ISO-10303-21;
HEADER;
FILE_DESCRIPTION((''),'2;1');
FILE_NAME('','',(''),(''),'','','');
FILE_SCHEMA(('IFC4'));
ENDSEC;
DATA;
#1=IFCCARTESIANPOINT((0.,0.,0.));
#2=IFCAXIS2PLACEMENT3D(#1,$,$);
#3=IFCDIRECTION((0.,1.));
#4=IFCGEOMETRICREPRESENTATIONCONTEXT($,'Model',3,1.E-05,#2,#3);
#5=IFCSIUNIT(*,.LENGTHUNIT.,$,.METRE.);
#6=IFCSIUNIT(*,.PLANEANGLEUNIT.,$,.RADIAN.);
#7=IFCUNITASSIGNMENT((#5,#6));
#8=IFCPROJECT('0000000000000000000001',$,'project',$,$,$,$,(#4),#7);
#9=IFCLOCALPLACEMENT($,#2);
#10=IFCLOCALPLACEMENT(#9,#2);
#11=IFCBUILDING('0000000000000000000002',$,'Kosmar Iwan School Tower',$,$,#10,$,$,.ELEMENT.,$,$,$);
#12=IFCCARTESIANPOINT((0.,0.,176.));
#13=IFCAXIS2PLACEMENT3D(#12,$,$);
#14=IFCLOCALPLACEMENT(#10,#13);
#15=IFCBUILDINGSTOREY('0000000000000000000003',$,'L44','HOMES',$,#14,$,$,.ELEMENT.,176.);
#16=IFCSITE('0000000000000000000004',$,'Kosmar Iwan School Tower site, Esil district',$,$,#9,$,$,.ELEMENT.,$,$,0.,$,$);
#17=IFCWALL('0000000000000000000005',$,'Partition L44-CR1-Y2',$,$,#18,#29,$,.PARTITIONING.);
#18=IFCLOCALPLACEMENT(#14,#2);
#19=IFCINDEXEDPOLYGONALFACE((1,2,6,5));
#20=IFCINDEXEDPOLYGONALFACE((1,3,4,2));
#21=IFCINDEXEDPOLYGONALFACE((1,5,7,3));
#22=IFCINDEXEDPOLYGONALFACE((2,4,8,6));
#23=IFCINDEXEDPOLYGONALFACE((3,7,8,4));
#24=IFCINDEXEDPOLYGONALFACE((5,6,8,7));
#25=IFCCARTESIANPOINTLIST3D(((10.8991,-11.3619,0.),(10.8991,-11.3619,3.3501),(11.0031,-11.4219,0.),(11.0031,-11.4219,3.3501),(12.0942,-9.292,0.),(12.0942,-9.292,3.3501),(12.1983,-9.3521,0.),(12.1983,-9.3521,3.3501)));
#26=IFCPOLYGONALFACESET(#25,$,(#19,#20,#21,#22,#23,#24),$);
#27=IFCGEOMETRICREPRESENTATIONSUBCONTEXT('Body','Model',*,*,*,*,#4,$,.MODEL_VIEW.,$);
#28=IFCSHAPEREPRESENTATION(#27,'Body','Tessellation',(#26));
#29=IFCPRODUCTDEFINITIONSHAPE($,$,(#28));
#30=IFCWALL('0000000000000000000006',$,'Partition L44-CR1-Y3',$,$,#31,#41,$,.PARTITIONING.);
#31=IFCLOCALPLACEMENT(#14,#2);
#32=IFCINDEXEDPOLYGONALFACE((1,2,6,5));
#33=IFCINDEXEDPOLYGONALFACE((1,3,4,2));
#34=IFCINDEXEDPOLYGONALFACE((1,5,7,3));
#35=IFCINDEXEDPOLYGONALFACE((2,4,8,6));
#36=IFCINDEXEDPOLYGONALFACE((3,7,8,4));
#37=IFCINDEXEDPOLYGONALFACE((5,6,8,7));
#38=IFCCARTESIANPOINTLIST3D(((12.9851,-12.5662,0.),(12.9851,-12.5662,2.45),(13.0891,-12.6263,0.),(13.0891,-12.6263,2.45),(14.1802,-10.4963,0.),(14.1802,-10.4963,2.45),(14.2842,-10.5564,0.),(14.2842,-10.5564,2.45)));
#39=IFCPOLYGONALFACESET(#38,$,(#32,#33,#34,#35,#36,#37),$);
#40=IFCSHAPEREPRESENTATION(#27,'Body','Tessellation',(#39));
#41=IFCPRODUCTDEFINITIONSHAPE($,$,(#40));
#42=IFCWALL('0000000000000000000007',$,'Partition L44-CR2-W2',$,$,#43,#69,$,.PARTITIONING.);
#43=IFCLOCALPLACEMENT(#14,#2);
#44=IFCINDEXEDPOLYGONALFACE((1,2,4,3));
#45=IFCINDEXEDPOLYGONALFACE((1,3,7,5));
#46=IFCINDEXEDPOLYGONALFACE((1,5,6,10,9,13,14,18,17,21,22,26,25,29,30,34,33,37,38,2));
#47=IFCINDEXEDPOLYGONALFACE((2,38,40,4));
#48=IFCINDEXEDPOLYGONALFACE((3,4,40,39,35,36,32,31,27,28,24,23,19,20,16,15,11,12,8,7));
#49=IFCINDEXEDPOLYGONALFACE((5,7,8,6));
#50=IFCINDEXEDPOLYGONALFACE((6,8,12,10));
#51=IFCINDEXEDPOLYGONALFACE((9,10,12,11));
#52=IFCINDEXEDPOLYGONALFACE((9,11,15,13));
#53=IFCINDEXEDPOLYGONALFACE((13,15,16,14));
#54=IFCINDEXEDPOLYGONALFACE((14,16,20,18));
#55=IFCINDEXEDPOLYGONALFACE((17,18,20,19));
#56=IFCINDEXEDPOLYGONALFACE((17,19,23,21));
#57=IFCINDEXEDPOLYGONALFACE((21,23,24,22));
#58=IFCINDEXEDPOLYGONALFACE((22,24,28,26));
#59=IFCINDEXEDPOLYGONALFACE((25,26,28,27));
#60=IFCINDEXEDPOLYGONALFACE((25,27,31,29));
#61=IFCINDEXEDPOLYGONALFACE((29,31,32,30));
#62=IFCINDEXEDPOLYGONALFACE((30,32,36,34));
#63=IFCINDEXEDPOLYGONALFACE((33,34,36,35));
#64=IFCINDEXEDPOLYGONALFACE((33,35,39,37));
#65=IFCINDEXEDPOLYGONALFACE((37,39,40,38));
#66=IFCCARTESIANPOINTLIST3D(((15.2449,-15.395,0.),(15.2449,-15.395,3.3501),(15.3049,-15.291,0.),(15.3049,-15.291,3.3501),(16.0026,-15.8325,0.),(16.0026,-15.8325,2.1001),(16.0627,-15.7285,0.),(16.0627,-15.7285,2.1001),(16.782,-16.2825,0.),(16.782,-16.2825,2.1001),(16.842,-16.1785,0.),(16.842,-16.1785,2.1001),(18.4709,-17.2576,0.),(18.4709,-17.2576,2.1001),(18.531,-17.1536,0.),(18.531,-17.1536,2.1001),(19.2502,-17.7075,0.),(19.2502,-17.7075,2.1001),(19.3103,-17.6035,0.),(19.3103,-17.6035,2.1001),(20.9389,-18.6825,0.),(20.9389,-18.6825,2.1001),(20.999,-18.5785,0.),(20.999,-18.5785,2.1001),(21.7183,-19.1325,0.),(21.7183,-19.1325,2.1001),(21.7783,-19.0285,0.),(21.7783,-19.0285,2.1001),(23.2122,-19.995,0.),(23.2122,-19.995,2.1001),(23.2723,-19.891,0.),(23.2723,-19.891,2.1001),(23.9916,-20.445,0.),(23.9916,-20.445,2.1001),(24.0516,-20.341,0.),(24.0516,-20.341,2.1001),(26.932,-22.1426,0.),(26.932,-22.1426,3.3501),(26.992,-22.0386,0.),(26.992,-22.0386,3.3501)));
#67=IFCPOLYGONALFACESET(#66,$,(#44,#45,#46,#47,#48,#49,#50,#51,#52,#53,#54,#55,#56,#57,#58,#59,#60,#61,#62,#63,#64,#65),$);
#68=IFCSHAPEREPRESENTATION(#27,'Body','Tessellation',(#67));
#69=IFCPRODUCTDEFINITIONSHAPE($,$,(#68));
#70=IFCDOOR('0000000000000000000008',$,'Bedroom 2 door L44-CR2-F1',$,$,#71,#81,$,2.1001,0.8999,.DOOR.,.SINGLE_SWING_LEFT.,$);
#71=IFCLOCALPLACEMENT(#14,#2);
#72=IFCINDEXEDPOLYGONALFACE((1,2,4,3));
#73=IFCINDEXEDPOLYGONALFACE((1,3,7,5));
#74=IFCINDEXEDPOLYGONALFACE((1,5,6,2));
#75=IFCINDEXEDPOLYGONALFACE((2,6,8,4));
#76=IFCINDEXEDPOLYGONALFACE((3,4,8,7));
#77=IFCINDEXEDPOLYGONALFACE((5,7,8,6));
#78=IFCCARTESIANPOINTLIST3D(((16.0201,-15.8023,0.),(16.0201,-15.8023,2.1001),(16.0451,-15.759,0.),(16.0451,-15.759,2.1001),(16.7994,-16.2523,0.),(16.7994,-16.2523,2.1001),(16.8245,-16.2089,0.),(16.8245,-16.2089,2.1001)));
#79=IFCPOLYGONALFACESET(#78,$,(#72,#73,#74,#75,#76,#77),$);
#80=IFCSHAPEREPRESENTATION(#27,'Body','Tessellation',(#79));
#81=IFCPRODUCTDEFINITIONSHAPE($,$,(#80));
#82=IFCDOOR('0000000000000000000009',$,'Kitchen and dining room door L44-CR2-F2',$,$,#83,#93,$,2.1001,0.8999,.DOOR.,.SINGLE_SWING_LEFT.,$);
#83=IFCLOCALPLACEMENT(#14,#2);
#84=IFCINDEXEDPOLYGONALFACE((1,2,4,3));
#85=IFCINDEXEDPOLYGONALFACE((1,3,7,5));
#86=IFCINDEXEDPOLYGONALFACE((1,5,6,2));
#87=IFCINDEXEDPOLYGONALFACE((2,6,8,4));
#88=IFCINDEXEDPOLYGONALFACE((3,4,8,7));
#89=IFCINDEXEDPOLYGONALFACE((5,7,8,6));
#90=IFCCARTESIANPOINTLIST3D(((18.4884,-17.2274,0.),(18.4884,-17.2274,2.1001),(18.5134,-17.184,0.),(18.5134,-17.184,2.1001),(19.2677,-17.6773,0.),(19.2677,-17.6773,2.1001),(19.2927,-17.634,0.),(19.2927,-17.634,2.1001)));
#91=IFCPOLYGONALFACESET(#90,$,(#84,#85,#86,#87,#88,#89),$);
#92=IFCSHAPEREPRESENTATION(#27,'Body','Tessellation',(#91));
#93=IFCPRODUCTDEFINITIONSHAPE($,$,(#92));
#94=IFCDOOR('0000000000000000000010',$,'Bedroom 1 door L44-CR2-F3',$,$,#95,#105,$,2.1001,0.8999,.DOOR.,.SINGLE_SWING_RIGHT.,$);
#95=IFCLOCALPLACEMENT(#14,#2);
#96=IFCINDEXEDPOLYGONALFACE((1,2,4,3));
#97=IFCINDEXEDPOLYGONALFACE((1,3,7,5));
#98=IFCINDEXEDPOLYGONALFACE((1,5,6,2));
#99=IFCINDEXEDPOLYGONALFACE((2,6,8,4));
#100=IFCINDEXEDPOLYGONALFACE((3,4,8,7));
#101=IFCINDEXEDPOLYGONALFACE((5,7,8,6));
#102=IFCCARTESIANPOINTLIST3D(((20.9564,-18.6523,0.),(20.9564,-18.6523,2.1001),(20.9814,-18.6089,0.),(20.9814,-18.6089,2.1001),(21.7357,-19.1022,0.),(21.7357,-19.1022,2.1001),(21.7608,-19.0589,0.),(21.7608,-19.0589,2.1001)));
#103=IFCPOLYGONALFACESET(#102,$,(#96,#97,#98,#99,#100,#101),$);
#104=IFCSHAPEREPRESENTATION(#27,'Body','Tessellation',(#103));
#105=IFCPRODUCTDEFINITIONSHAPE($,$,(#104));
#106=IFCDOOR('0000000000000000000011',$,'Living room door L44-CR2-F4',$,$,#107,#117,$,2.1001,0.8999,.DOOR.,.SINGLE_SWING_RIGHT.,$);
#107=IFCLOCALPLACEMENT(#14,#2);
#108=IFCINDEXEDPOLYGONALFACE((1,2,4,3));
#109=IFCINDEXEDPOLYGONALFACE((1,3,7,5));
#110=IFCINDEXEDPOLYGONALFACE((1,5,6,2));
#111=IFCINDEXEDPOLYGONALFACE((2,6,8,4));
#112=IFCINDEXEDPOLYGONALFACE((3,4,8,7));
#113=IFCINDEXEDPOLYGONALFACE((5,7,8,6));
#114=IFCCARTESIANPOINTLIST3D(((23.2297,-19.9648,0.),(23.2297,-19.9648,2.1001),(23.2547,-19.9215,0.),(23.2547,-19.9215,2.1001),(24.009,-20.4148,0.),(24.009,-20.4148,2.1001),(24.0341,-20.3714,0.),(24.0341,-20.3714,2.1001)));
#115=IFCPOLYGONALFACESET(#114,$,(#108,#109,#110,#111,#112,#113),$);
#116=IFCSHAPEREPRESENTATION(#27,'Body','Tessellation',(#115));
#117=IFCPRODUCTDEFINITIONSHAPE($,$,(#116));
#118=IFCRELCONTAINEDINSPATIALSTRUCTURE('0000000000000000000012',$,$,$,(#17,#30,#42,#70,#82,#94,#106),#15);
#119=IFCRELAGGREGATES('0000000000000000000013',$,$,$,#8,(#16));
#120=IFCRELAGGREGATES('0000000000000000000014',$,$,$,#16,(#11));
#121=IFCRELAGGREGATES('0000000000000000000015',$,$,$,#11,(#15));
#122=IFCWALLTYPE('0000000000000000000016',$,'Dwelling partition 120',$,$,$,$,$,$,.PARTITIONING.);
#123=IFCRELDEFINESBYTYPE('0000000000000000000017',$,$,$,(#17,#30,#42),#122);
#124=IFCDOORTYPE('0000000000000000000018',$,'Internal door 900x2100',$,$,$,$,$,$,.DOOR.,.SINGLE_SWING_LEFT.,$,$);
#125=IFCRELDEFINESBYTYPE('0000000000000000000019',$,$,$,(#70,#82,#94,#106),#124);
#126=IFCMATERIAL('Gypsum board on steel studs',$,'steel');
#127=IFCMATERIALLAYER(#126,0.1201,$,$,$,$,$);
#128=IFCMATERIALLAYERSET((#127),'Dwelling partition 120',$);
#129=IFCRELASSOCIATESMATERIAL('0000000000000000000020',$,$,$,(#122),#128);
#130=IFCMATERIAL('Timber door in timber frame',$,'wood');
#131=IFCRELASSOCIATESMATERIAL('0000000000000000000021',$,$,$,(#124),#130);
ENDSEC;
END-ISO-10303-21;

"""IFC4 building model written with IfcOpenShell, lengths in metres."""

from ifc_helpers import new_model, si_unit, direction, frame, frame_2d, origin, place, context, subcontext, project, spatial, rectangle, extrude, material, layer, layer_set, type_object, element, fill, save


model = new_model("IFC4")

# Units and contexts
model_context = context("Model", 3, precision=1e-05, world=origin(), true_north=direction((0.0, 1.0)))
body_context = subcontext(model_context, "Body", "Model", "MODEL_VIEW")
ifc_project = project(units=[si_unit("LENGTHUNIT", "METRE"), si_unit("PLANEANGLEUNIT", "RADIAN")], contexts=[model_context])

# Site, building, storey
site_placement = place(None, origin())
site = spatial("IfcSite", under=ifc_project, at=site_placement, Name="Kosmar Iwan School Tower site, Esil district", CompositionType="ELEMENT", RefElevation=0.0)
building_placement = place(site_placement, origin())
building = spatial("IfcBuilding", under=site, at=building_placement, Name="Kosmar Iwan School Tower", CompositionType="ELEMENT")
storey_placement = place(building_placement, frame((0.0, 0.0, 176.0)))
storey = spatial("IfcBuildingStorey", under=building, at=storey_placement, Name="L44", Description="HOMES", CompositionType="ELEMENT", Elevation=176.0)

# Walls
ifc_material_1 = material(Name="Gypsum board on steel studs", Category="steel")
ifc_layer_1 = layer(ifc_material_1, 0.1201)
ifc_layer_set_1 = layer_set([ifc_layer_1], Name="Dwelling partition 120")
wall_type_1 = type_object("IfcWallType", Name="Dwelling partition 120", PredefinedType="PARTITIONING", material=ifc_layer_set_1)
wall_1_placement = place(storey_placement, frame((12.1462, -9.322, 0.0), z_axis=(0.0, 0.0, 1.0), x_axis=(-0.500017, -0.866015, 0.0)))
element("IfcWall", 1, at=wall_1_placement, inside=storey, type_object=wall_type_1, Name="Partition L44-CR1-Y2", PredefinedType="PARTITIONING", context=body_context, shape_type="SweptSolid", body=[
    extrude(rectangle(XDim=2.3901, YDim=0.1201, at=frame_2d((1.1951, 0.0))), origin(), (0.0, 0.0, 1.0), 3.3501),
])
wall_2_placement = place(storey_placement, frame((14.2322, -10.5264, 0.0), z_axis=(0.0, 0.0, 1.0), x_axis=(-0.500017, -0.866015, 0.0)))
element("IfcWall", 2, at=wall_2_placement, inside=storey, type_object=wall_type_1, Name="Partition L44-CR1-Y3", PredefinedType="PARTITIONING", context=body_context, shape_type="SweptSolid", body=[
    extrude(rectangle(XDim=2.3901, YDim=0.1201, at=frame_2d((1.1951, 0.0))), origin(), (0.0, 0.0, 1.0), 2.45),
])

# Wall, openings, doors
wall_3_placement = place(storey_placement, frame((15.2749, -15.343, 0.0), z_axis=(0.0, 0.0, 1.0), x_axis=(0.866024, -0.500003, 0.0)))
wall_3 = element("IfcWall", 3, at=wall_3_placement, inside=storey, type_object=wall_type_1, Name="Partition L44-CR2-W2", PredefinedType="PARTITIONING", context=body_context, shape_type="SweptSolid", body=[
    extrude(rectangle(XDim=13.4951, YDim=0.1201, at=frame_2d((6.7476, 0.0))), origin(), (0.0, 0.0, 1.0), 3.3501),
])
opening_1_placement = place(wall_3_placement, frame((0.875, 0.0, 0.0)))
opening_1 = element("IfcOpeningElement", 4, at=opening_1_placement, cuts=wall_3, PredefinedType="OPENING", context=body_context, shape_type="SweptSolid", body=[
    extrude(rectangle(XDim=0.8999, YDim=2.1001, at=frame_2d((0.45, 1.05))), frame((0.0, 0.072, 0.0), z_axis=(0.0, -1.0, 0.0), x_axis=(1.0, 0.0, 0.0)), (0.0, 0.0, 1.0), 0.144),
])
opening_2_placement = place(wall_3_placement, frame((3.7251, 0.0, 0.0)))
opening_2 = element("IfcOpeningElement", 5, at=opening_2_placement, cuts=wall_3, PredefinedType="OPENING", context=body_context, shape_type="SweptSolid", body=[
    extrude(rectangle(XDim=0.8999, YDim=2.1001, at=frame_2d((0.45, 1.05))), frame((0.0, 0.072, 0.0), z_axis=(0.0, -1.0, 0.0), x_axis=(1.0, 0.0, 0.0)), (0.0, 0.0, 1.0), 0.144),
])
opening_3_placement = place(wall_3_placement, frame((6.575, 0.0, 0.0)))
opening_3 = element("IfcOpeningElement", 6, at=opening_3_placement, cuts=wall_3, PredefinedType="OPENING", context=body_context, shape_type="SweptSolid", body=[
    extrude(rectangle(XDim=0.8999, YDim=2.1001, at=frame_2d((0.45, 1.05))), frame((0.0, 0.072, 0.0), z_axis=(0.0, -1.0, 0.0), x_axis=(1.0, 0.0, 0.0)), (0.0, 0.0, 1.0), 0.144),
])
opening_4_placement = place(wall_3_placement, frame((9.2, 0.0, 0.0)))
opening_4 = element("IfcOpeningElement", 7, at=opening_4_placement, cuts=wall_3, PredefinedType="OPENING", context=body_context, shape_type="SweptSolid", body=[
    extrude(rectangle(XDim=0.8999, YDim=2.1001, at=frame_2d((0.45, 1.05))), frame((0.0, 0.072, 0.0), z_axis=(0.0, -1.0, 0.0), x_axis=(1.0, 0.0, 0.0)), (0.0, 0.0, 1.0), 0.144),
])
ifc_material_2 = material(Name="Timber door in timber frame", Category="wood")
door_type_1 = type_object("IfcDoorType", Name="Internal door 900x2100", OperationType="SINGLE_SWING_LEFT", PredefinedType="DOOR", material=ifc_material_2)
door_1_placement = place(opening_1_placement, origin())
door_1 = element("IfcDoor", 8, at=door_1_placement, inside=storey, type_object=door_type_1, Name="Bedroom 2 door L44-CR2-F1", OperationType="SINGLE_SWING_LEFT", OverallHeight=2.1001, OverallWidth=0.8999, PredefinedType="DOOR", context=body_context, shape_type="SweptSolid", body=[
    extrude(rectangle(XDim=0.8999, YDim=2.1001, at=frame_2d((0.45, 1.05))), frame((0.0, 0.0249, 0.0), z_axis=(0.0, -1.0, 0.0), x_axis=(1.0, 0.0, 0.0)), (0.0, 0.0, 1.0), 0.05),
])
fill(opening_1, door_1)
door_2_placement = place(opening_2_placement, origin())
door_2 = element("IfcDoor", 9, at=door_2_placement, inside=storey, type_object=door_type_1, Name="Kitchen and dining room door L44-CR2-F2", OperationType="SINGLE_SWING_LEFT", OverallHeight=2.1001, OverallWidth=0.8999, PredefinedType="DOOR", context=body_context, shape_type="SweptSolid", body=[
    extrude(rectangle(XDim=0.8999, YDim=2.1001, at=frame_2d((0.45, 1.05))), frame((0.0, 0.0249, 0.0), z_axis=(0.0, -1.0, 0.0), x_axis=(1.0, 0.0, 0.0)), (0.0, 0.0, 1.0), 0.05),
])
fill(opening_2, door_2)
door_3_placement = place(opening_3_placement, origin())
door_3 = element("IfcDoor", 10, at=door_3_placement, inside=storey, type_object=door_type_1, Name="Bedroom 1 door L44-CR2-F3", OperationType="SINGLE_SWING_RIGHT", OverallHeight=2.1001, OverallWidth=0.8999, PredefinedType="DOOR", context=body_context, shape_type="SweptSolid", body=[
    extrude(rectangle(XDim=0.8999, YDim=2.1001, at=frame_2d((0.45, 1.05))), frame((0.0, 0.0249, 0.0), z_axis=(0.0, -1.0, 0.0), x_axis=(1.0, 0.0, 0.0)), (0.0, 0.0, 1.0), 0.05),
])
fill(opening_3, door_3)
door_4_placement = place(opening_4_placement, origin())
door_4 = element("IfcDoor", 11, at=door_4_placement, inside=storey, type_object=door_type_1, Name="Living room door L44-CR2-F4", OperationType="SINGLE_SWING_RIGHT", OverallHeight=2.1001, OverallWidth=0.8999, PredefinedType="DOOR", context=body_context, shape_type="SweptSolid", body=[
    extrude(rectangle(XDim=0.8999, YDim=2.1001, at=frame_2d((0.45, 1.05))), frame((0.0, 0.0249, 0.0), z_axis=(0.0, -1.0, 0.0), x_axis=(1.0, 0.0, 0.0)), (0.0, 0.0, 1.0), 0.05),
])
fill(opening_4, door_4)

save(model, "model.ifc")
